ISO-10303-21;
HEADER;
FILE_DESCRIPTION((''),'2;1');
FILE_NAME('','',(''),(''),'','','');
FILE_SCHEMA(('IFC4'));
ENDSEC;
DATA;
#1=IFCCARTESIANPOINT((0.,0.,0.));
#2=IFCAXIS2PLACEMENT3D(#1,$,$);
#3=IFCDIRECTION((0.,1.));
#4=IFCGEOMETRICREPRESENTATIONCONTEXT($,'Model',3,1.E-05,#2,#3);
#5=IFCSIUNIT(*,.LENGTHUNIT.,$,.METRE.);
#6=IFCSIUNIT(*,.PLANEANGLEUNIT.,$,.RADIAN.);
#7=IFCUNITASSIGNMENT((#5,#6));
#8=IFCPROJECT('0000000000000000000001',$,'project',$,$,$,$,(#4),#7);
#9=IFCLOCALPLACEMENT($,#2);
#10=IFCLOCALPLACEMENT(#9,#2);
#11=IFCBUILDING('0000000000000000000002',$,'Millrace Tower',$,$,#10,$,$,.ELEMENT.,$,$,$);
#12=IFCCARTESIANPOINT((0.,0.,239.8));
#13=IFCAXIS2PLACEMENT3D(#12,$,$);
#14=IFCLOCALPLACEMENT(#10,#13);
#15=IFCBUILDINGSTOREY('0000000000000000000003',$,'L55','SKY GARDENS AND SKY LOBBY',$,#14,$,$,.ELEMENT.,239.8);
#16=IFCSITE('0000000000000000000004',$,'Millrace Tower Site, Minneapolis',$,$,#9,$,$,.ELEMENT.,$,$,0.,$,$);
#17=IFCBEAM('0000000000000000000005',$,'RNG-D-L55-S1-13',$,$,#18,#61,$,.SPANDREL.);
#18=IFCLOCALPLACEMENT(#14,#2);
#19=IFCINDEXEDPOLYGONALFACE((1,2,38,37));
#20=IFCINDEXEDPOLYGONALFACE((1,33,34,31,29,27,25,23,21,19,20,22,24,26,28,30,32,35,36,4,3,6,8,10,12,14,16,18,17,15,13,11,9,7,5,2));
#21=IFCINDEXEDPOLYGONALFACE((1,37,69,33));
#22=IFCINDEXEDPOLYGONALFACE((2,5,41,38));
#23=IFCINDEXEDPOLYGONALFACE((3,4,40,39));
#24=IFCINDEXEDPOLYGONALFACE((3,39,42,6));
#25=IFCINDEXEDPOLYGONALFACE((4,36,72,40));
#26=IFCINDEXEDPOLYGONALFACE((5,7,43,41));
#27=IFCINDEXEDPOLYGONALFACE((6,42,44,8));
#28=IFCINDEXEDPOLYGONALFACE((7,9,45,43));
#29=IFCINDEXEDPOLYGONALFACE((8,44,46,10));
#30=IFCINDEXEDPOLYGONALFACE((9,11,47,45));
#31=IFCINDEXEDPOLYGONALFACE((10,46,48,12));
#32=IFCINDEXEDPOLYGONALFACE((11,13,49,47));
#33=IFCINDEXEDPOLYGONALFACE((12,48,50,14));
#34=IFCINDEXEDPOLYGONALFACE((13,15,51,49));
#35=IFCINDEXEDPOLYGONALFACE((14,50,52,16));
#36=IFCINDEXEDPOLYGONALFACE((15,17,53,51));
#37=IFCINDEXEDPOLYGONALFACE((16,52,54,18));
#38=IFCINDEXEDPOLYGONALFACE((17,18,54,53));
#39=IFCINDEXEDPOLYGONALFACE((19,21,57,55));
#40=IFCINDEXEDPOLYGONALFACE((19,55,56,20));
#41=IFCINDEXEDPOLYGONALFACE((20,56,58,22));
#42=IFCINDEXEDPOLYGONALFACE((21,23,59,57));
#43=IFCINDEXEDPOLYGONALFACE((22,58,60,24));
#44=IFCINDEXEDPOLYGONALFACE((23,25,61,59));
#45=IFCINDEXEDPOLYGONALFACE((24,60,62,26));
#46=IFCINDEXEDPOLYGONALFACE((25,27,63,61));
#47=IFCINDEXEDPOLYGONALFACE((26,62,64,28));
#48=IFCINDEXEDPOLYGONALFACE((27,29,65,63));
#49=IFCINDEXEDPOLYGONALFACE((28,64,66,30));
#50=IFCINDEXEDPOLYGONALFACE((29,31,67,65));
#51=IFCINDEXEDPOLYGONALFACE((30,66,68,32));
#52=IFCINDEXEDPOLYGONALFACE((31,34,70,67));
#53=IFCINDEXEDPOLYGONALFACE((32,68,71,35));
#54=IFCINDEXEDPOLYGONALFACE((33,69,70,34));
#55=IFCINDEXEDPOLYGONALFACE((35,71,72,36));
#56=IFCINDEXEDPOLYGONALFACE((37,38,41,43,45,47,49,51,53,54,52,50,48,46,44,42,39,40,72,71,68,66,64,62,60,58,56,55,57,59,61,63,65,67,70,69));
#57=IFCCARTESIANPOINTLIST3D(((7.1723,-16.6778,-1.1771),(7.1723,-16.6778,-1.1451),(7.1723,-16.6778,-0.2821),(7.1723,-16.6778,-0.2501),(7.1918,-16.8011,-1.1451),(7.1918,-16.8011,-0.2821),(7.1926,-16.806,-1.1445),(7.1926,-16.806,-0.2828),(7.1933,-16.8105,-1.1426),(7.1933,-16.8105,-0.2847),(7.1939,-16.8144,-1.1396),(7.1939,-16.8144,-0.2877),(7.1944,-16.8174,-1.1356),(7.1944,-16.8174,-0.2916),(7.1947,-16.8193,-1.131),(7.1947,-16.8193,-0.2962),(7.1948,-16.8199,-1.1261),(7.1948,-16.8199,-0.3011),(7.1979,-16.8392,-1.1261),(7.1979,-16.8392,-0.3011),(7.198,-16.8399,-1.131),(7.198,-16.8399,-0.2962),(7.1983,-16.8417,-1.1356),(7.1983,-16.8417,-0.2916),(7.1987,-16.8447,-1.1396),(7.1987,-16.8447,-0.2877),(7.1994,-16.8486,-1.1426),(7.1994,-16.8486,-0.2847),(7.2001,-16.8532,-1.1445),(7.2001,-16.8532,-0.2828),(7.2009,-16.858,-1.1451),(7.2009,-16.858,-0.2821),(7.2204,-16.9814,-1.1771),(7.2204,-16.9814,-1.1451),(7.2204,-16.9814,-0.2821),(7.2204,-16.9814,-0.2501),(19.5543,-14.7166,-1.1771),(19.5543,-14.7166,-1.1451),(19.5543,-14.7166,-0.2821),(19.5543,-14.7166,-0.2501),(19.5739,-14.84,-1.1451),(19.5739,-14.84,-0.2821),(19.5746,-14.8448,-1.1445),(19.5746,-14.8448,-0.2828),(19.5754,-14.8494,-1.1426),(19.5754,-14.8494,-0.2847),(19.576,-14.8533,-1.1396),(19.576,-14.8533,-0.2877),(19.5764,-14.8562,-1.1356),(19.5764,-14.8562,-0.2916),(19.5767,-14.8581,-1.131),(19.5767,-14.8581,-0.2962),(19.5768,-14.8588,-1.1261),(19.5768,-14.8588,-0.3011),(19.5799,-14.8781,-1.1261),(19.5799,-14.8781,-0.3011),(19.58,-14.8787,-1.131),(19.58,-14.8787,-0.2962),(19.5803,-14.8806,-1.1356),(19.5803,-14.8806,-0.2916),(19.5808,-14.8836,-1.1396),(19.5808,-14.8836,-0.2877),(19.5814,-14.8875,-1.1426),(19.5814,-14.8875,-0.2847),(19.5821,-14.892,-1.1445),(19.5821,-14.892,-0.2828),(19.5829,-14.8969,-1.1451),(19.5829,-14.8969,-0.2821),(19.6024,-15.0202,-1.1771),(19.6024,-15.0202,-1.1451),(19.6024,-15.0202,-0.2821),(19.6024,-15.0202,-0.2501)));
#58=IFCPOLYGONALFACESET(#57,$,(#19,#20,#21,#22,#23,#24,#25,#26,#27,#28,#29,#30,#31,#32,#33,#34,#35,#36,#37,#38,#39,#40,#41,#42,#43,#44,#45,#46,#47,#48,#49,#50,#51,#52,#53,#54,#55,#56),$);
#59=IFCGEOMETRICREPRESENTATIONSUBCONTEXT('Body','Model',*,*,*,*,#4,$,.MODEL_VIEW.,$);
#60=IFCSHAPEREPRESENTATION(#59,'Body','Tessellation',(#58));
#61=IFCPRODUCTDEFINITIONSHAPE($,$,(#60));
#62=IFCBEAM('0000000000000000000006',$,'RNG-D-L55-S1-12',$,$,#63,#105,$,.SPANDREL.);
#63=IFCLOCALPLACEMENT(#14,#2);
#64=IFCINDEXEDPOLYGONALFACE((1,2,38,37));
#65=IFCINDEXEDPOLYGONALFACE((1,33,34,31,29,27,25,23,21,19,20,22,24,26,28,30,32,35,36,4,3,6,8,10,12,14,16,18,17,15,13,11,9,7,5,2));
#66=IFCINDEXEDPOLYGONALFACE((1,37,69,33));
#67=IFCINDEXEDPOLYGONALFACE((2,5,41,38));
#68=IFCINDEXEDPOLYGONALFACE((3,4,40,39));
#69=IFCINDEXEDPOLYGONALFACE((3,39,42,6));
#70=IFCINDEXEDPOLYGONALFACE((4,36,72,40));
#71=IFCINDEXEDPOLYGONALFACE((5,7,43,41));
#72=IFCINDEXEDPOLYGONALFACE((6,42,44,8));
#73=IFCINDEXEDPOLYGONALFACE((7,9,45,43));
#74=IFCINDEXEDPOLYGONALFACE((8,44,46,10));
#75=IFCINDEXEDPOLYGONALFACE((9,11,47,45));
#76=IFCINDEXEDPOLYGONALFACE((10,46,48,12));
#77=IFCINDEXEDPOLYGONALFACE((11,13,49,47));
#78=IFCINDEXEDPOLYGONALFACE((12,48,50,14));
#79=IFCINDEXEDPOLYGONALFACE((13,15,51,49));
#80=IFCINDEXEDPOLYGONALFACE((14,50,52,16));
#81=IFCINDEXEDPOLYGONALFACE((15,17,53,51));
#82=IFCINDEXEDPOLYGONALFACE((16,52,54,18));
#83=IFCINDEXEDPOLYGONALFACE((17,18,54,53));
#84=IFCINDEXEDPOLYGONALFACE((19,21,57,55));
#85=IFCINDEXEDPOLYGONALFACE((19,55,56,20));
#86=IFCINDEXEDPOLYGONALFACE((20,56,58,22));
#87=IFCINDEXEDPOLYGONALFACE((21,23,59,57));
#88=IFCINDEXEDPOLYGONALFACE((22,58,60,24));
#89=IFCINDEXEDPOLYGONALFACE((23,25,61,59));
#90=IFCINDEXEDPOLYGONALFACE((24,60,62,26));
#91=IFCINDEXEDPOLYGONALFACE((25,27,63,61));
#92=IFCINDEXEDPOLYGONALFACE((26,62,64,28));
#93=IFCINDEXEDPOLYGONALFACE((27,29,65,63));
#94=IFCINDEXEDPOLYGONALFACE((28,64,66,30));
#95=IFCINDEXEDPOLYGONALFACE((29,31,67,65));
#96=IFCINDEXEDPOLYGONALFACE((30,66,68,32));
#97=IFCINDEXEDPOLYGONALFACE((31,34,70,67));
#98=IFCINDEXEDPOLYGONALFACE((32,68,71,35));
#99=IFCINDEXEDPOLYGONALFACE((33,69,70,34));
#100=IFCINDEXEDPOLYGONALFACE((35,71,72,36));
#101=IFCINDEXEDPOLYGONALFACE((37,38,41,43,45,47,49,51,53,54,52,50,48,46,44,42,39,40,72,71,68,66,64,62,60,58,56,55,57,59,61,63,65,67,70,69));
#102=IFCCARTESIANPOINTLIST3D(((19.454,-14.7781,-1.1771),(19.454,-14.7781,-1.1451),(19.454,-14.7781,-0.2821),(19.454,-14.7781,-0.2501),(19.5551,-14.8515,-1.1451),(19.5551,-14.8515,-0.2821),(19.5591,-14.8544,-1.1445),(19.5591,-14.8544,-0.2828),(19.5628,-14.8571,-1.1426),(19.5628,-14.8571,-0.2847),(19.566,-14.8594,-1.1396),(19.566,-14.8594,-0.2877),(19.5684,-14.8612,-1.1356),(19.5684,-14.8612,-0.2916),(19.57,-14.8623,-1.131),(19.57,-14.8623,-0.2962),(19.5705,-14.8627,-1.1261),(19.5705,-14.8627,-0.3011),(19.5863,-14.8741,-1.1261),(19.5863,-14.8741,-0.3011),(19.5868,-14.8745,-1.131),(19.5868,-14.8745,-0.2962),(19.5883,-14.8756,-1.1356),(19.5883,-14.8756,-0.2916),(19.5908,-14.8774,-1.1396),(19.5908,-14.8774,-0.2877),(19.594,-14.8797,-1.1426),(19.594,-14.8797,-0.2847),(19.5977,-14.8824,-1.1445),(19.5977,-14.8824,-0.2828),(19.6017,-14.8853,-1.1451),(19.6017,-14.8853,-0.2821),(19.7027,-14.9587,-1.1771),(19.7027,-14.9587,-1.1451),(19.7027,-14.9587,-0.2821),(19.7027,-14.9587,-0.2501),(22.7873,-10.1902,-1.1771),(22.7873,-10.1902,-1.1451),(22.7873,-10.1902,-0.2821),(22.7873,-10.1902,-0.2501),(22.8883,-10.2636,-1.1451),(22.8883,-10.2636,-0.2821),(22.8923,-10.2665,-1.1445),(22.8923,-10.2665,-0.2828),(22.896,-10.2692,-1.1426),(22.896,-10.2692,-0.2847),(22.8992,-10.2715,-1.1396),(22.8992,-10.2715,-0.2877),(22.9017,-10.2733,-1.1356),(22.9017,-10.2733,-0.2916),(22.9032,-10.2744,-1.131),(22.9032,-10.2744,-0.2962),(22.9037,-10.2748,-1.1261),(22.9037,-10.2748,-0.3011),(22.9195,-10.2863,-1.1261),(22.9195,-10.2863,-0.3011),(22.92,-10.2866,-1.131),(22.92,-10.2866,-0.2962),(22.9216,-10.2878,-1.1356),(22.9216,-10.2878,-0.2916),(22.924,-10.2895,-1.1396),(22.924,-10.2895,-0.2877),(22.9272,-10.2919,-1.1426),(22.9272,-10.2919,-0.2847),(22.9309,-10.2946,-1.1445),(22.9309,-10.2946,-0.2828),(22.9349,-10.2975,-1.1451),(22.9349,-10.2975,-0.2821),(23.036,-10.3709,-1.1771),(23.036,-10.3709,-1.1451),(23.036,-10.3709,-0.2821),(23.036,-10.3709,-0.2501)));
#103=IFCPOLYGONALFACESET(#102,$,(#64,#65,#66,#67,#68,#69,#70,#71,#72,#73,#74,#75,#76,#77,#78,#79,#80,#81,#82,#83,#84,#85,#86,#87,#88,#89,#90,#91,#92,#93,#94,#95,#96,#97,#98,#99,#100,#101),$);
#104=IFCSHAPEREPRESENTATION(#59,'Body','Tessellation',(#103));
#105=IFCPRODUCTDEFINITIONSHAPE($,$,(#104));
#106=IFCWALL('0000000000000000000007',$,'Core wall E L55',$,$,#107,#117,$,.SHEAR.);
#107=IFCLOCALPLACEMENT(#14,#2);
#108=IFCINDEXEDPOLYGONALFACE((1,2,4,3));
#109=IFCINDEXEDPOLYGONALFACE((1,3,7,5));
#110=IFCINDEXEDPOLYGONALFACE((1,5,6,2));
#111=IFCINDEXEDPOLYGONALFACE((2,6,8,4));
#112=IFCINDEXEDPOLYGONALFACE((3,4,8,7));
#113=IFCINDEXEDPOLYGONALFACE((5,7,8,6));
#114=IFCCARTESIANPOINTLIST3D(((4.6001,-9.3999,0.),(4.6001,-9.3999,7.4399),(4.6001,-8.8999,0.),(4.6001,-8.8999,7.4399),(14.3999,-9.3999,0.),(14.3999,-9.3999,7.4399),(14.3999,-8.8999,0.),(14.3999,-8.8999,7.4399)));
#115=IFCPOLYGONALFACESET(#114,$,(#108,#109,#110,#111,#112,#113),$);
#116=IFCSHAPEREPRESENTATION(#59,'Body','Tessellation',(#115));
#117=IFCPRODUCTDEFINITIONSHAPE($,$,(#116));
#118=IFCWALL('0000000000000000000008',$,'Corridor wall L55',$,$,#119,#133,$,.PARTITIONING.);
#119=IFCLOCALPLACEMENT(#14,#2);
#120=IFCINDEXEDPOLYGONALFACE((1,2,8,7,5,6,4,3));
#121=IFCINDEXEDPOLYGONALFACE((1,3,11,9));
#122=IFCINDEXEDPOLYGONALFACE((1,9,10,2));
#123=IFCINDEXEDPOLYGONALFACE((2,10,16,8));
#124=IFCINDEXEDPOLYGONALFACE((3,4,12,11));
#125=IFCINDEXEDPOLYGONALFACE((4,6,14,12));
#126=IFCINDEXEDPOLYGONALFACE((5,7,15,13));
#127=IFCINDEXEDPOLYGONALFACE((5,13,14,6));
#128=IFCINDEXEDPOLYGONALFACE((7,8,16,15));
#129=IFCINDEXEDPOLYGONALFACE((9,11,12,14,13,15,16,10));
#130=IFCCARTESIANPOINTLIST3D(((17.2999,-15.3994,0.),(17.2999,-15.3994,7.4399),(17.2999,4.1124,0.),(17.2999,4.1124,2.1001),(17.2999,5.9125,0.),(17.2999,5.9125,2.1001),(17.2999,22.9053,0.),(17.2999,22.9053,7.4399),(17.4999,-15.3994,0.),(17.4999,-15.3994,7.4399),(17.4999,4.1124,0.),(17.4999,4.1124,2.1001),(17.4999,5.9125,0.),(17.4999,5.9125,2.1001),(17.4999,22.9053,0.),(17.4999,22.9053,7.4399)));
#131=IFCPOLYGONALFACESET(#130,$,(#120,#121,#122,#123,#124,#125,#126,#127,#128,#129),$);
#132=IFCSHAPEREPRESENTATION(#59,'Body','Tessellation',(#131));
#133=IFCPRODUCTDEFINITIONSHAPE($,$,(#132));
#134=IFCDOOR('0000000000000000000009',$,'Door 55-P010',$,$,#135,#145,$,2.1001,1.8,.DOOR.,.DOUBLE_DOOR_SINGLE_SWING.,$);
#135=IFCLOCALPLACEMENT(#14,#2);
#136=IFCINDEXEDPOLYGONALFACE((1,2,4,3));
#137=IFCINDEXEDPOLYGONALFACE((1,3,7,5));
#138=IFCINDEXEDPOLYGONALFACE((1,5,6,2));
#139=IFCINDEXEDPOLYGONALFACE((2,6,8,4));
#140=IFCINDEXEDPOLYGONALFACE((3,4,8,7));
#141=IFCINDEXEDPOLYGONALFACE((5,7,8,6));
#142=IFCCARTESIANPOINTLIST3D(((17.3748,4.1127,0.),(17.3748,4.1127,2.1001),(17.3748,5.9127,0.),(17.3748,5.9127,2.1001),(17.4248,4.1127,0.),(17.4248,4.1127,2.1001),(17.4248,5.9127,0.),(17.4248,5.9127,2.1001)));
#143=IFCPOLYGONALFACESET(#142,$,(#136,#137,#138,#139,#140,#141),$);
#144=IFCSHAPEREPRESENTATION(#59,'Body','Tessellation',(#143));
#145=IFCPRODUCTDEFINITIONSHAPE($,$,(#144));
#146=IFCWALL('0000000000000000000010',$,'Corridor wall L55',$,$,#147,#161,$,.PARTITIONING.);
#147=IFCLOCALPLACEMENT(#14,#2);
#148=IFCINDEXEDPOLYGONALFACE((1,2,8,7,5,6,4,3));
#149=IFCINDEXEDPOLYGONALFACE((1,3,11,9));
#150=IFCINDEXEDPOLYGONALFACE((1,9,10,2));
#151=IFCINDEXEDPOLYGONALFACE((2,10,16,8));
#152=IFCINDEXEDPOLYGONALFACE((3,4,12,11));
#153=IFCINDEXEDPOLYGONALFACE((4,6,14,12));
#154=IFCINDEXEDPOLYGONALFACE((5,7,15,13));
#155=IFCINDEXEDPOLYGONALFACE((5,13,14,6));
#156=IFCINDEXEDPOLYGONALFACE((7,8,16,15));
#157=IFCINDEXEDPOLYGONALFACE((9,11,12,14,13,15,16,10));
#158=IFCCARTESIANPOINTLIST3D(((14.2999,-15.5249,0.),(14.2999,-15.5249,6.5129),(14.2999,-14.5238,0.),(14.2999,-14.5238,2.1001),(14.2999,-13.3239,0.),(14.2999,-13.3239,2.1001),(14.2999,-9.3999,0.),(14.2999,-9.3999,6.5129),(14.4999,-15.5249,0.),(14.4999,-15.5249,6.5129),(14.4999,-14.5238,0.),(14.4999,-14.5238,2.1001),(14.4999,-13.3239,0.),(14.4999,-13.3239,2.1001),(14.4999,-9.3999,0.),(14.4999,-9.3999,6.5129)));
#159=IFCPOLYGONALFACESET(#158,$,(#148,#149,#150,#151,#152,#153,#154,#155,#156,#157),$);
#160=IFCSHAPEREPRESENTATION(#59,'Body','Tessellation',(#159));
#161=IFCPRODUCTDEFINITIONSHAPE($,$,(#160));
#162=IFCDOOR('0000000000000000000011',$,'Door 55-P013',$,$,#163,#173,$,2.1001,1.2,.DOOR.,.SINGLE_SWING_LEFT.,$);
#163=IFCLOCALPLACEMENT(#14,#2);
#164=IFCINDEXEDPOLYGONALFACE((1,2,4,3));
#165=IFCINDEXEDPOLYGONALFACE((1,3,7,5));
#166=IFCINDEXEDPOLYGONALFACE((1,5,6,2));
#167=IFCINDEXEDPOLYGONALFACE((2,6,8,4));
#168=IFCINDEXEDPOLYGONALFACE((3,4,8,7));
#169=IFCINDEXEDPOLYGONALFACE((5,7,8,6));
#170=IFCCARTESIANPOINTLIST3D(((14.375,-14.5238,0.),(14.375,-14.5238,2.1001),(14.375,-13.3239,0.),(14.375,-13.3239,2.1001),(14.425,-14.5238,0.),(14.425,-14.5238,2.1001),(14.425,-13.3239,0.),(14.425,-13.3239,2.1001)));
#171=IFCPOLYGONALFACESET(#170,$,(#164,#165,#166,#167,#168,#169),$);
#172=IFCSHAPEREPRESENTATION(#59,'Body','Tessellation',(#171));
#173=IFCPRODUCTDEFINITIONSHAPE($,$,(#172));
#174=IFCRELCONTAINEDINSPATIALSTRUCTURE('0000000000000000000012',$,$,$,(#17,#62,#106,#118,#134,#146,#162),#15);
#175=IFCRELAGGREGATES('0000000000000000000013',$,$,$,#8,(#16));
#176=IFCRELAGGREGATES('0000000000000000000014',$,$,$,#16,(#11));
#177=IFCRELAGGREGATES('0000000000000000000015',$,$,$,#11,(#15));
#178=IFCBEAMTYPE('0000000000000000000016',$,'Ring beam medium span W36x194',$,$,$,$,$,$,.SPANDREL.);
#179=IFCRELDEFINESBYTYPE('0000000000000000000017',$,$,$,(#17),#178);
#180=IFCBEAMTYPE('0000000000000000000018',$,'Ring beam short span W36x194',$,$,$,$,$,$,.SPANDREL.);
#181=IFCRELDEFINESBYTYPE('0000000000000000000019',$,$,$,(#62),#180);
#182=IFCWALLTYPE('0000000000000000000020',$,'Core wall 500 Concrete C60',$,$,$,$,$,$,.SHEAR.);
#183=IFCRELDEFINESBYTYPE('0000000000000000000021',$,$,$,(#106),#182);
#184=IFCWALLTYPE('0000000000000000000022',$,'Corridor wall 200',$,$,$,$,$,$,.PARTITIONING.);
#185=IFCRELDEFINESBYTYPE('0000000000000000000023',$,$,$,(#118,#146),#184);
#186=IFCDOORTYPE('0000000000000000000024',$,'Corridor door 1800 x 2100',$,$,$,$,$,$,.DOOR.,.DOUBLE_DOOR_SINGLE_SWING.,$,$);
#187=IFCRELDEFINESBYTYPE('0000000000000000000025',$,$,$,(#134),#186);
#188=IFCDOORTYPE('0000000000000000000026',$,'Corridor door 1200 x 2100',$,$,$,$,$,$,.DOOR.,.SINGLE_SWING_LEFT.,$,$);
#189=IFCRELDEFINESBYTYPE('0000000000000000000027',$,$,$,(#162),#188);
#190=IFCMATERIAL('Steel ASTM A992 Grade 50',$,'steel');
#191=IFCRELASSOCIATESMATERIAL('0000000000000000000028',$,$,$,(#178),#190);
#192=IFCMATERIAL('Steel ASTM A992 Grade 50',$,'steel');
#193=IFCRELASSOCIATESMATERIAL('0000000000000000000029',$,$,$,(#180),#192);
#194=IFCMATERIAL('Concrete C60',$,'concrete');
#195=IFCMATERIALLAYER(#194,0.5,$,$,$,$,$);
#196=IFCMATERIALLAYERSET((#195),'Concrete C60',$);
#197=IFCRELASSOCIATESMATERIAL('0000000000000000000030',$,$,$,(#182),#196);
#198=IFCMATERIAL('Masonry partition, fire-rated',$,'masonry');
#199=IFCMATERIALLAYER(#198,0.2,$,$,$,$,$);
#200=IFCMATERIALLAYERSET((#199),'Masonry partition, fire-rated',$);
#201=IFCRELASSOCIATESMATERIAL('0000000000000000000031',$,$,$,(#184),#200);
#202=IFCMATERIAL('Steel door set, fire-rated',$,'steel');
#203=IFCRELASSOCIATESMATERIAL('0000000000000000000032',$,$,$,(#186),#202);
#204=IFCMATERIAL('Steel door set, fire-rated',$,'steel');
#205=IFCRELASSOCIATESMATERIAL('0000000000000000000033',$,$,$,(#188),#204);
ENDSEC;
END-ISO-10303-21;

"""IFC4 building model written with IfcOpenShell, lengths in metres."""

from ifc_helpers import new_model, si_unit, direction, frame, frame_2d, origin, origin_2d, place, context, subcontext, project, spatial, rectangle, i_section, extrude, material, layer, layer_set, material_profile, profile_set, type_object, element, fill, save


model = new_model("IFC4")

# Units and contexts
model_context = context("Model", 3, precision=1e-05, world=origin(), true_north=direction((0.0, 1.0)))
body_context = subcontext(model_context, "Body", "Model", "MODEL_VIEW")
ifc_project = project(units=[si_unit("LENGTHUNIT", "METRE"), si_unit("PLANEANGLEUNIT", "RADIAN")], contexts=[model_context])

# Site, building, storey
site_placement = place(None, origin())
site = spatial("IfcSite", under=ifc_project, at=site_placement, Name="Millrace Tower Site, Minneapolis", CompositionType="ELEMENT", RefElevation=0.0)
building_placement = place(site_placement, origin())
building = spatial("IfcBuilding", under=site, at=building_placement, Name="Millrace Tower", CompositionType="ELEMENT")
storey_placement = place(building_placement, frame((0.0, 0.0, 239.8)))
storey = spatial("IfcBuildingStorey", under=building, at=storey_placement, Name="L55", Description="SKY GARDENS AND SKY LOBBY", CompositionType="ELEMENT", Elevation=239.8)

# Beams
ifc_material_1 = material(Name="Steel ASTM A992 Grade 50", Category="steel")
ifc_material_profile_1 = material_profile(ifc_material_1, i_section(OverallWidth=0.3074, OverallDepth=0.927, WebThickness=0.0195, FlangeThickness=0.032, FilletRadius=0.019, at=origin_2d()))
ifc_profile_set_1 = profile_set([ifc_material_profile_1], Name="Steel ASTM A992 Grade 50")
beam_type_1 = type_object("IfcBeamType", Name="Ring beam medium span W36x194", PredefinedType="SPANDREL", material=ifc_profile_set_1)
beam_1_placement = place(storey_placement, frame((19.5784, -14.8684, -0.7136), z_axis=(-0.987688, -0.156439, 0.0), x_axis=(0.156439, -0.987688, 0.0)))
element("IfcBeam", 1, at=beam_1_placement, inside=storey, type_object=beam_type_1, Name="RNG-D-L55-S1-13", PredefinedType="SPANDREL", context=body_context, shape_type="SweptSolid", body=[
    extrude(i_section(OverallWidth=0.3074, OverallDepth=0.927, WebThickness=0.0195, FlangeThickness=0.032, FilletRadius=0.019, at=origin_2d()), origin(), (0.0, 0.0, 1.0), 12.5364),
])
ifc_material_2 = material(Name="Steel ASTM A992 Grade 50", Category="steel")
ifc_material_profile_2 = material_profile(ifc_material_2, i_section(OverallWidth=0.3074, OverallDepth=0.927, WebThickness=0.0195, FlangeThickness=0.032, FilletRadius=0.019, at=origin_2d()))
ifc_profile_set_2 = profile_set([ifc_material_profile_2], Name="Steel ASTM A992 Grade 50")
beam_type_2 = type_object("IfcBeamType", Name="Ring beam short span W36x194", PredefinedType="SPANDREL", material=ifc_profile_set_2)
beam_2_placement = place(storey_placement, frame((22.9116, -10.2805, -0.7136), z_axis=(-0.58778, -0.809021, 0.0), x_axis=(0.809021, -0.58778, 0.0)))
element("IfcBeam", 2, at=beam_2_placement, inside=storey, type_object=beam_type_2, Name="RNG-D-L55-S1-12", PredefinedType="SPANDREL", context=body_context, shape_type="SweptSolid", body=[
    extrude(i_section(OverallWidth=0.3074, OverallDepth=0.927, WebThickness=0.0195, FlangeThickness=0.032, FilletRadius=0.019, at=origin_2d()), origin(), (0.0, 0.0, 1.0), 5.6709),
])

# Wall
ifc_material_3 = material(Name="Concrete C60", Category="concrete")
ifc_layer_1 = layer(ifc_material_3, 0.5)
ifc_layer_set_1 = layer_set([ifc_layer_1], Name="Concrete C60")
wall_type_1 = type_object("IfcWallType", Name="Core wall 500 Concrete C60", PredefinedType="SHEAR", material=ifc_layer_set_1)
wall_1_placement = place(storey_placement, frame((14.3999, -9.1499, 0.0), z_axis=(0.0, 0.0, 1.0), x_axis=(-1.0, 0.0, 0.0)))
element("IfcWall", 3, at=wall_1_placement, inside=storey, type_object=wall_type_1, Name="Core wall E L55", PredefinedType="SHEAR", context=body_context, shape_type="SweptSolid", body=[
    extrude(rectangle(XDim=9.7998, YDim=0.5, at=frame_2d((4.8999, 0.0))), origin(), (0.0, 0.0, 1.0), 7.4399),
])

# Walls, openings, doors
ifc_material_4 = material(Name="Masonry partition, fire-rated", Category="masonry")
ifc_layer_2 = layer(ifc_material_4, 0.2)
ifc_layer_set_2 = layer_set([ifc_layer_2], Name="Masonry partition, fire-rated")
wall_type_2 = type_object("IfcWallType", Name="Corridor wall 200", PredefinedType="PARTITIONING", material=ifc_layer_set_2)
wall_2_placement = place(storey_placement, frame((17.3999, -15.3994, 0.0), z_axis=(0.0, 0.0, 1.0), x_axis=(0.0, 1.0, 0.0)))
wall_2 = element("IfcWall", 4, at=wall_2_placement, inside=storey, type_object=wall_type_2, Name="Corridor wall L55", PredefinedType="PARTITIONING", context=body_context, shape_type="SweptSolid", body=[
    extrude(rectangle(XDim=38.3047, YDim=0.2, at=frame_2d((19.1523, 0.0))), origin(), (0.0, 0.0, 1.0), 7.4399),
])
opening_1_placement = place(wall_2_placement, frame((19.512, 0.0, 0.0)))
opening_1 = element("IfcOpeningElement", 5, at=opening_1_placement, cuts=wall_2, PredefinedType="OPENING", context=body_context, shape_type="SweptSolid", body=[
    extrude(rectangle(XDim=1.8, YDim=2.1001, at=frame_2d((0.8999, 1.05))), frame((0.0, 0.1099, 0.0), z_axis=(0.0, -1.0, 0.0), x_axis=(1.0, 0.0, 0.0)), (0.0, 0.0, 1.0), 0.22),
])
ifc_material_5 = material(Name="Steel door set, fire-rated", Category="steel")
door_type_1 = type_object("IfcDoorType", Name="Corridor door 1800 x 2100", OperationType="DOUBLE_DOOR_SINGLE_SWING", PredefinedType="DOOR", material=ifc_material_5)
door_1_placement = place(opening_1_placement, frame((1.8, 0.0, 0.0), z_axis=(0.0, 0.0, 1.0), x_axis=(-1.0, 0.0, 0.0)))
door_1 = element("IfcDoor", 6, at=door_1_placement, inside=storey, type_object=door_type_1, Name="Door 55-P010", OperationType="DOUBLE_DOOR_SINGLE_SWING", OverallHeight=2.1001, OverallWidth=1.8, PredefinedType="DOOR", context=body_context, shape_type="SweptSolid", body=[
    extrude(rectangle(XDim=1.8, YDim=2.1001, at=frame_2d((0.8999, 1.05))), frame((0.0, 0.0249, 0.0), z_axis=(0.0, -1.0, 0.0), x_axis=(1.0, 0.0, 0.0)), (0.0, 0.0, 1.0), 0.05),
])
fill(opening_1, door_1)
wall_3_placement = place(storey_placement, frame((14.3999, -15.5249, 0.0), z_axis=(0.0, 0.0, 1.0), x_axis=(0.0, 1.0, 0.0)))
wall_3 = element("IfcWall", 7, at=wall_3_placement, inside=storey, type_object=wall_type_2, Name="Corridor wall L55", PredefinedType="PARTITIONING", context=body_context, shape_type="SweptSolid", body=[
    extrude(rectangle(XDim=6.125, YDim=0.2, at=frame_2d((3.0625, 0.0))), origin(), (0.0, 0.0, 1.0), 6.5129),
])
opening_2_placement = place(wall_3_placement, frame((1.001, 0.0, 0.0)))
opening_2 = element("IfcOpeningElement", 8, at=opening_2_placement, cuts=wall_3, PredefinedType="OPENING", context=body_context, shape_type="SweptSolid", body=[
    extrude(rectangle(XDim=1.2, YDim=2.1001, at=frame_2d((0.6001, 1.05))), frame((0.0, 0.1099, 0.0), z_axis=(0.0, -1.0, 0.0), x_axis=(1.0, 0.0, 0.0)), (0.0, 0.0, 1.0), 0.22),
])
ifc_material_6 = material(Name="Steel door set, fire-rated", Category="steel")
door_type_2 = type_object("IfcDoorType", Name="Corridor door 1200 x 2100", OperationType="SINGLE_SWING_LEFT", PredefinedType="DOOR", material=ifc_material_6)
door_2_placement = place(opening_2_placement, origin())
door_2 = element("IfcDoor", 9, at=door_2_placement, inside=storey, type_object=door_type_2, Name="Door 55-P013", OperationType="SINGLE_SWING_LEFT", OverallHeight=2.1001, OverallWidth=1.2, PredefinedType="DOOR", context=body_context, shape_type="SweptSolid", body=[
    extrude(rectangle(XDim=1.2, YDim=2.1001, at=frame_2d((0.6001, 1.05))), frame((0.0, 0.0249, 0.0), z_axis=(0.0, -1.0, 0.0), x_axis=(1.0, 0.0, 0.0)), (0.0, 0.0, 1.0), 0.05),
])
fill(opening_2, door_2)

save(model, "model.ifc")
